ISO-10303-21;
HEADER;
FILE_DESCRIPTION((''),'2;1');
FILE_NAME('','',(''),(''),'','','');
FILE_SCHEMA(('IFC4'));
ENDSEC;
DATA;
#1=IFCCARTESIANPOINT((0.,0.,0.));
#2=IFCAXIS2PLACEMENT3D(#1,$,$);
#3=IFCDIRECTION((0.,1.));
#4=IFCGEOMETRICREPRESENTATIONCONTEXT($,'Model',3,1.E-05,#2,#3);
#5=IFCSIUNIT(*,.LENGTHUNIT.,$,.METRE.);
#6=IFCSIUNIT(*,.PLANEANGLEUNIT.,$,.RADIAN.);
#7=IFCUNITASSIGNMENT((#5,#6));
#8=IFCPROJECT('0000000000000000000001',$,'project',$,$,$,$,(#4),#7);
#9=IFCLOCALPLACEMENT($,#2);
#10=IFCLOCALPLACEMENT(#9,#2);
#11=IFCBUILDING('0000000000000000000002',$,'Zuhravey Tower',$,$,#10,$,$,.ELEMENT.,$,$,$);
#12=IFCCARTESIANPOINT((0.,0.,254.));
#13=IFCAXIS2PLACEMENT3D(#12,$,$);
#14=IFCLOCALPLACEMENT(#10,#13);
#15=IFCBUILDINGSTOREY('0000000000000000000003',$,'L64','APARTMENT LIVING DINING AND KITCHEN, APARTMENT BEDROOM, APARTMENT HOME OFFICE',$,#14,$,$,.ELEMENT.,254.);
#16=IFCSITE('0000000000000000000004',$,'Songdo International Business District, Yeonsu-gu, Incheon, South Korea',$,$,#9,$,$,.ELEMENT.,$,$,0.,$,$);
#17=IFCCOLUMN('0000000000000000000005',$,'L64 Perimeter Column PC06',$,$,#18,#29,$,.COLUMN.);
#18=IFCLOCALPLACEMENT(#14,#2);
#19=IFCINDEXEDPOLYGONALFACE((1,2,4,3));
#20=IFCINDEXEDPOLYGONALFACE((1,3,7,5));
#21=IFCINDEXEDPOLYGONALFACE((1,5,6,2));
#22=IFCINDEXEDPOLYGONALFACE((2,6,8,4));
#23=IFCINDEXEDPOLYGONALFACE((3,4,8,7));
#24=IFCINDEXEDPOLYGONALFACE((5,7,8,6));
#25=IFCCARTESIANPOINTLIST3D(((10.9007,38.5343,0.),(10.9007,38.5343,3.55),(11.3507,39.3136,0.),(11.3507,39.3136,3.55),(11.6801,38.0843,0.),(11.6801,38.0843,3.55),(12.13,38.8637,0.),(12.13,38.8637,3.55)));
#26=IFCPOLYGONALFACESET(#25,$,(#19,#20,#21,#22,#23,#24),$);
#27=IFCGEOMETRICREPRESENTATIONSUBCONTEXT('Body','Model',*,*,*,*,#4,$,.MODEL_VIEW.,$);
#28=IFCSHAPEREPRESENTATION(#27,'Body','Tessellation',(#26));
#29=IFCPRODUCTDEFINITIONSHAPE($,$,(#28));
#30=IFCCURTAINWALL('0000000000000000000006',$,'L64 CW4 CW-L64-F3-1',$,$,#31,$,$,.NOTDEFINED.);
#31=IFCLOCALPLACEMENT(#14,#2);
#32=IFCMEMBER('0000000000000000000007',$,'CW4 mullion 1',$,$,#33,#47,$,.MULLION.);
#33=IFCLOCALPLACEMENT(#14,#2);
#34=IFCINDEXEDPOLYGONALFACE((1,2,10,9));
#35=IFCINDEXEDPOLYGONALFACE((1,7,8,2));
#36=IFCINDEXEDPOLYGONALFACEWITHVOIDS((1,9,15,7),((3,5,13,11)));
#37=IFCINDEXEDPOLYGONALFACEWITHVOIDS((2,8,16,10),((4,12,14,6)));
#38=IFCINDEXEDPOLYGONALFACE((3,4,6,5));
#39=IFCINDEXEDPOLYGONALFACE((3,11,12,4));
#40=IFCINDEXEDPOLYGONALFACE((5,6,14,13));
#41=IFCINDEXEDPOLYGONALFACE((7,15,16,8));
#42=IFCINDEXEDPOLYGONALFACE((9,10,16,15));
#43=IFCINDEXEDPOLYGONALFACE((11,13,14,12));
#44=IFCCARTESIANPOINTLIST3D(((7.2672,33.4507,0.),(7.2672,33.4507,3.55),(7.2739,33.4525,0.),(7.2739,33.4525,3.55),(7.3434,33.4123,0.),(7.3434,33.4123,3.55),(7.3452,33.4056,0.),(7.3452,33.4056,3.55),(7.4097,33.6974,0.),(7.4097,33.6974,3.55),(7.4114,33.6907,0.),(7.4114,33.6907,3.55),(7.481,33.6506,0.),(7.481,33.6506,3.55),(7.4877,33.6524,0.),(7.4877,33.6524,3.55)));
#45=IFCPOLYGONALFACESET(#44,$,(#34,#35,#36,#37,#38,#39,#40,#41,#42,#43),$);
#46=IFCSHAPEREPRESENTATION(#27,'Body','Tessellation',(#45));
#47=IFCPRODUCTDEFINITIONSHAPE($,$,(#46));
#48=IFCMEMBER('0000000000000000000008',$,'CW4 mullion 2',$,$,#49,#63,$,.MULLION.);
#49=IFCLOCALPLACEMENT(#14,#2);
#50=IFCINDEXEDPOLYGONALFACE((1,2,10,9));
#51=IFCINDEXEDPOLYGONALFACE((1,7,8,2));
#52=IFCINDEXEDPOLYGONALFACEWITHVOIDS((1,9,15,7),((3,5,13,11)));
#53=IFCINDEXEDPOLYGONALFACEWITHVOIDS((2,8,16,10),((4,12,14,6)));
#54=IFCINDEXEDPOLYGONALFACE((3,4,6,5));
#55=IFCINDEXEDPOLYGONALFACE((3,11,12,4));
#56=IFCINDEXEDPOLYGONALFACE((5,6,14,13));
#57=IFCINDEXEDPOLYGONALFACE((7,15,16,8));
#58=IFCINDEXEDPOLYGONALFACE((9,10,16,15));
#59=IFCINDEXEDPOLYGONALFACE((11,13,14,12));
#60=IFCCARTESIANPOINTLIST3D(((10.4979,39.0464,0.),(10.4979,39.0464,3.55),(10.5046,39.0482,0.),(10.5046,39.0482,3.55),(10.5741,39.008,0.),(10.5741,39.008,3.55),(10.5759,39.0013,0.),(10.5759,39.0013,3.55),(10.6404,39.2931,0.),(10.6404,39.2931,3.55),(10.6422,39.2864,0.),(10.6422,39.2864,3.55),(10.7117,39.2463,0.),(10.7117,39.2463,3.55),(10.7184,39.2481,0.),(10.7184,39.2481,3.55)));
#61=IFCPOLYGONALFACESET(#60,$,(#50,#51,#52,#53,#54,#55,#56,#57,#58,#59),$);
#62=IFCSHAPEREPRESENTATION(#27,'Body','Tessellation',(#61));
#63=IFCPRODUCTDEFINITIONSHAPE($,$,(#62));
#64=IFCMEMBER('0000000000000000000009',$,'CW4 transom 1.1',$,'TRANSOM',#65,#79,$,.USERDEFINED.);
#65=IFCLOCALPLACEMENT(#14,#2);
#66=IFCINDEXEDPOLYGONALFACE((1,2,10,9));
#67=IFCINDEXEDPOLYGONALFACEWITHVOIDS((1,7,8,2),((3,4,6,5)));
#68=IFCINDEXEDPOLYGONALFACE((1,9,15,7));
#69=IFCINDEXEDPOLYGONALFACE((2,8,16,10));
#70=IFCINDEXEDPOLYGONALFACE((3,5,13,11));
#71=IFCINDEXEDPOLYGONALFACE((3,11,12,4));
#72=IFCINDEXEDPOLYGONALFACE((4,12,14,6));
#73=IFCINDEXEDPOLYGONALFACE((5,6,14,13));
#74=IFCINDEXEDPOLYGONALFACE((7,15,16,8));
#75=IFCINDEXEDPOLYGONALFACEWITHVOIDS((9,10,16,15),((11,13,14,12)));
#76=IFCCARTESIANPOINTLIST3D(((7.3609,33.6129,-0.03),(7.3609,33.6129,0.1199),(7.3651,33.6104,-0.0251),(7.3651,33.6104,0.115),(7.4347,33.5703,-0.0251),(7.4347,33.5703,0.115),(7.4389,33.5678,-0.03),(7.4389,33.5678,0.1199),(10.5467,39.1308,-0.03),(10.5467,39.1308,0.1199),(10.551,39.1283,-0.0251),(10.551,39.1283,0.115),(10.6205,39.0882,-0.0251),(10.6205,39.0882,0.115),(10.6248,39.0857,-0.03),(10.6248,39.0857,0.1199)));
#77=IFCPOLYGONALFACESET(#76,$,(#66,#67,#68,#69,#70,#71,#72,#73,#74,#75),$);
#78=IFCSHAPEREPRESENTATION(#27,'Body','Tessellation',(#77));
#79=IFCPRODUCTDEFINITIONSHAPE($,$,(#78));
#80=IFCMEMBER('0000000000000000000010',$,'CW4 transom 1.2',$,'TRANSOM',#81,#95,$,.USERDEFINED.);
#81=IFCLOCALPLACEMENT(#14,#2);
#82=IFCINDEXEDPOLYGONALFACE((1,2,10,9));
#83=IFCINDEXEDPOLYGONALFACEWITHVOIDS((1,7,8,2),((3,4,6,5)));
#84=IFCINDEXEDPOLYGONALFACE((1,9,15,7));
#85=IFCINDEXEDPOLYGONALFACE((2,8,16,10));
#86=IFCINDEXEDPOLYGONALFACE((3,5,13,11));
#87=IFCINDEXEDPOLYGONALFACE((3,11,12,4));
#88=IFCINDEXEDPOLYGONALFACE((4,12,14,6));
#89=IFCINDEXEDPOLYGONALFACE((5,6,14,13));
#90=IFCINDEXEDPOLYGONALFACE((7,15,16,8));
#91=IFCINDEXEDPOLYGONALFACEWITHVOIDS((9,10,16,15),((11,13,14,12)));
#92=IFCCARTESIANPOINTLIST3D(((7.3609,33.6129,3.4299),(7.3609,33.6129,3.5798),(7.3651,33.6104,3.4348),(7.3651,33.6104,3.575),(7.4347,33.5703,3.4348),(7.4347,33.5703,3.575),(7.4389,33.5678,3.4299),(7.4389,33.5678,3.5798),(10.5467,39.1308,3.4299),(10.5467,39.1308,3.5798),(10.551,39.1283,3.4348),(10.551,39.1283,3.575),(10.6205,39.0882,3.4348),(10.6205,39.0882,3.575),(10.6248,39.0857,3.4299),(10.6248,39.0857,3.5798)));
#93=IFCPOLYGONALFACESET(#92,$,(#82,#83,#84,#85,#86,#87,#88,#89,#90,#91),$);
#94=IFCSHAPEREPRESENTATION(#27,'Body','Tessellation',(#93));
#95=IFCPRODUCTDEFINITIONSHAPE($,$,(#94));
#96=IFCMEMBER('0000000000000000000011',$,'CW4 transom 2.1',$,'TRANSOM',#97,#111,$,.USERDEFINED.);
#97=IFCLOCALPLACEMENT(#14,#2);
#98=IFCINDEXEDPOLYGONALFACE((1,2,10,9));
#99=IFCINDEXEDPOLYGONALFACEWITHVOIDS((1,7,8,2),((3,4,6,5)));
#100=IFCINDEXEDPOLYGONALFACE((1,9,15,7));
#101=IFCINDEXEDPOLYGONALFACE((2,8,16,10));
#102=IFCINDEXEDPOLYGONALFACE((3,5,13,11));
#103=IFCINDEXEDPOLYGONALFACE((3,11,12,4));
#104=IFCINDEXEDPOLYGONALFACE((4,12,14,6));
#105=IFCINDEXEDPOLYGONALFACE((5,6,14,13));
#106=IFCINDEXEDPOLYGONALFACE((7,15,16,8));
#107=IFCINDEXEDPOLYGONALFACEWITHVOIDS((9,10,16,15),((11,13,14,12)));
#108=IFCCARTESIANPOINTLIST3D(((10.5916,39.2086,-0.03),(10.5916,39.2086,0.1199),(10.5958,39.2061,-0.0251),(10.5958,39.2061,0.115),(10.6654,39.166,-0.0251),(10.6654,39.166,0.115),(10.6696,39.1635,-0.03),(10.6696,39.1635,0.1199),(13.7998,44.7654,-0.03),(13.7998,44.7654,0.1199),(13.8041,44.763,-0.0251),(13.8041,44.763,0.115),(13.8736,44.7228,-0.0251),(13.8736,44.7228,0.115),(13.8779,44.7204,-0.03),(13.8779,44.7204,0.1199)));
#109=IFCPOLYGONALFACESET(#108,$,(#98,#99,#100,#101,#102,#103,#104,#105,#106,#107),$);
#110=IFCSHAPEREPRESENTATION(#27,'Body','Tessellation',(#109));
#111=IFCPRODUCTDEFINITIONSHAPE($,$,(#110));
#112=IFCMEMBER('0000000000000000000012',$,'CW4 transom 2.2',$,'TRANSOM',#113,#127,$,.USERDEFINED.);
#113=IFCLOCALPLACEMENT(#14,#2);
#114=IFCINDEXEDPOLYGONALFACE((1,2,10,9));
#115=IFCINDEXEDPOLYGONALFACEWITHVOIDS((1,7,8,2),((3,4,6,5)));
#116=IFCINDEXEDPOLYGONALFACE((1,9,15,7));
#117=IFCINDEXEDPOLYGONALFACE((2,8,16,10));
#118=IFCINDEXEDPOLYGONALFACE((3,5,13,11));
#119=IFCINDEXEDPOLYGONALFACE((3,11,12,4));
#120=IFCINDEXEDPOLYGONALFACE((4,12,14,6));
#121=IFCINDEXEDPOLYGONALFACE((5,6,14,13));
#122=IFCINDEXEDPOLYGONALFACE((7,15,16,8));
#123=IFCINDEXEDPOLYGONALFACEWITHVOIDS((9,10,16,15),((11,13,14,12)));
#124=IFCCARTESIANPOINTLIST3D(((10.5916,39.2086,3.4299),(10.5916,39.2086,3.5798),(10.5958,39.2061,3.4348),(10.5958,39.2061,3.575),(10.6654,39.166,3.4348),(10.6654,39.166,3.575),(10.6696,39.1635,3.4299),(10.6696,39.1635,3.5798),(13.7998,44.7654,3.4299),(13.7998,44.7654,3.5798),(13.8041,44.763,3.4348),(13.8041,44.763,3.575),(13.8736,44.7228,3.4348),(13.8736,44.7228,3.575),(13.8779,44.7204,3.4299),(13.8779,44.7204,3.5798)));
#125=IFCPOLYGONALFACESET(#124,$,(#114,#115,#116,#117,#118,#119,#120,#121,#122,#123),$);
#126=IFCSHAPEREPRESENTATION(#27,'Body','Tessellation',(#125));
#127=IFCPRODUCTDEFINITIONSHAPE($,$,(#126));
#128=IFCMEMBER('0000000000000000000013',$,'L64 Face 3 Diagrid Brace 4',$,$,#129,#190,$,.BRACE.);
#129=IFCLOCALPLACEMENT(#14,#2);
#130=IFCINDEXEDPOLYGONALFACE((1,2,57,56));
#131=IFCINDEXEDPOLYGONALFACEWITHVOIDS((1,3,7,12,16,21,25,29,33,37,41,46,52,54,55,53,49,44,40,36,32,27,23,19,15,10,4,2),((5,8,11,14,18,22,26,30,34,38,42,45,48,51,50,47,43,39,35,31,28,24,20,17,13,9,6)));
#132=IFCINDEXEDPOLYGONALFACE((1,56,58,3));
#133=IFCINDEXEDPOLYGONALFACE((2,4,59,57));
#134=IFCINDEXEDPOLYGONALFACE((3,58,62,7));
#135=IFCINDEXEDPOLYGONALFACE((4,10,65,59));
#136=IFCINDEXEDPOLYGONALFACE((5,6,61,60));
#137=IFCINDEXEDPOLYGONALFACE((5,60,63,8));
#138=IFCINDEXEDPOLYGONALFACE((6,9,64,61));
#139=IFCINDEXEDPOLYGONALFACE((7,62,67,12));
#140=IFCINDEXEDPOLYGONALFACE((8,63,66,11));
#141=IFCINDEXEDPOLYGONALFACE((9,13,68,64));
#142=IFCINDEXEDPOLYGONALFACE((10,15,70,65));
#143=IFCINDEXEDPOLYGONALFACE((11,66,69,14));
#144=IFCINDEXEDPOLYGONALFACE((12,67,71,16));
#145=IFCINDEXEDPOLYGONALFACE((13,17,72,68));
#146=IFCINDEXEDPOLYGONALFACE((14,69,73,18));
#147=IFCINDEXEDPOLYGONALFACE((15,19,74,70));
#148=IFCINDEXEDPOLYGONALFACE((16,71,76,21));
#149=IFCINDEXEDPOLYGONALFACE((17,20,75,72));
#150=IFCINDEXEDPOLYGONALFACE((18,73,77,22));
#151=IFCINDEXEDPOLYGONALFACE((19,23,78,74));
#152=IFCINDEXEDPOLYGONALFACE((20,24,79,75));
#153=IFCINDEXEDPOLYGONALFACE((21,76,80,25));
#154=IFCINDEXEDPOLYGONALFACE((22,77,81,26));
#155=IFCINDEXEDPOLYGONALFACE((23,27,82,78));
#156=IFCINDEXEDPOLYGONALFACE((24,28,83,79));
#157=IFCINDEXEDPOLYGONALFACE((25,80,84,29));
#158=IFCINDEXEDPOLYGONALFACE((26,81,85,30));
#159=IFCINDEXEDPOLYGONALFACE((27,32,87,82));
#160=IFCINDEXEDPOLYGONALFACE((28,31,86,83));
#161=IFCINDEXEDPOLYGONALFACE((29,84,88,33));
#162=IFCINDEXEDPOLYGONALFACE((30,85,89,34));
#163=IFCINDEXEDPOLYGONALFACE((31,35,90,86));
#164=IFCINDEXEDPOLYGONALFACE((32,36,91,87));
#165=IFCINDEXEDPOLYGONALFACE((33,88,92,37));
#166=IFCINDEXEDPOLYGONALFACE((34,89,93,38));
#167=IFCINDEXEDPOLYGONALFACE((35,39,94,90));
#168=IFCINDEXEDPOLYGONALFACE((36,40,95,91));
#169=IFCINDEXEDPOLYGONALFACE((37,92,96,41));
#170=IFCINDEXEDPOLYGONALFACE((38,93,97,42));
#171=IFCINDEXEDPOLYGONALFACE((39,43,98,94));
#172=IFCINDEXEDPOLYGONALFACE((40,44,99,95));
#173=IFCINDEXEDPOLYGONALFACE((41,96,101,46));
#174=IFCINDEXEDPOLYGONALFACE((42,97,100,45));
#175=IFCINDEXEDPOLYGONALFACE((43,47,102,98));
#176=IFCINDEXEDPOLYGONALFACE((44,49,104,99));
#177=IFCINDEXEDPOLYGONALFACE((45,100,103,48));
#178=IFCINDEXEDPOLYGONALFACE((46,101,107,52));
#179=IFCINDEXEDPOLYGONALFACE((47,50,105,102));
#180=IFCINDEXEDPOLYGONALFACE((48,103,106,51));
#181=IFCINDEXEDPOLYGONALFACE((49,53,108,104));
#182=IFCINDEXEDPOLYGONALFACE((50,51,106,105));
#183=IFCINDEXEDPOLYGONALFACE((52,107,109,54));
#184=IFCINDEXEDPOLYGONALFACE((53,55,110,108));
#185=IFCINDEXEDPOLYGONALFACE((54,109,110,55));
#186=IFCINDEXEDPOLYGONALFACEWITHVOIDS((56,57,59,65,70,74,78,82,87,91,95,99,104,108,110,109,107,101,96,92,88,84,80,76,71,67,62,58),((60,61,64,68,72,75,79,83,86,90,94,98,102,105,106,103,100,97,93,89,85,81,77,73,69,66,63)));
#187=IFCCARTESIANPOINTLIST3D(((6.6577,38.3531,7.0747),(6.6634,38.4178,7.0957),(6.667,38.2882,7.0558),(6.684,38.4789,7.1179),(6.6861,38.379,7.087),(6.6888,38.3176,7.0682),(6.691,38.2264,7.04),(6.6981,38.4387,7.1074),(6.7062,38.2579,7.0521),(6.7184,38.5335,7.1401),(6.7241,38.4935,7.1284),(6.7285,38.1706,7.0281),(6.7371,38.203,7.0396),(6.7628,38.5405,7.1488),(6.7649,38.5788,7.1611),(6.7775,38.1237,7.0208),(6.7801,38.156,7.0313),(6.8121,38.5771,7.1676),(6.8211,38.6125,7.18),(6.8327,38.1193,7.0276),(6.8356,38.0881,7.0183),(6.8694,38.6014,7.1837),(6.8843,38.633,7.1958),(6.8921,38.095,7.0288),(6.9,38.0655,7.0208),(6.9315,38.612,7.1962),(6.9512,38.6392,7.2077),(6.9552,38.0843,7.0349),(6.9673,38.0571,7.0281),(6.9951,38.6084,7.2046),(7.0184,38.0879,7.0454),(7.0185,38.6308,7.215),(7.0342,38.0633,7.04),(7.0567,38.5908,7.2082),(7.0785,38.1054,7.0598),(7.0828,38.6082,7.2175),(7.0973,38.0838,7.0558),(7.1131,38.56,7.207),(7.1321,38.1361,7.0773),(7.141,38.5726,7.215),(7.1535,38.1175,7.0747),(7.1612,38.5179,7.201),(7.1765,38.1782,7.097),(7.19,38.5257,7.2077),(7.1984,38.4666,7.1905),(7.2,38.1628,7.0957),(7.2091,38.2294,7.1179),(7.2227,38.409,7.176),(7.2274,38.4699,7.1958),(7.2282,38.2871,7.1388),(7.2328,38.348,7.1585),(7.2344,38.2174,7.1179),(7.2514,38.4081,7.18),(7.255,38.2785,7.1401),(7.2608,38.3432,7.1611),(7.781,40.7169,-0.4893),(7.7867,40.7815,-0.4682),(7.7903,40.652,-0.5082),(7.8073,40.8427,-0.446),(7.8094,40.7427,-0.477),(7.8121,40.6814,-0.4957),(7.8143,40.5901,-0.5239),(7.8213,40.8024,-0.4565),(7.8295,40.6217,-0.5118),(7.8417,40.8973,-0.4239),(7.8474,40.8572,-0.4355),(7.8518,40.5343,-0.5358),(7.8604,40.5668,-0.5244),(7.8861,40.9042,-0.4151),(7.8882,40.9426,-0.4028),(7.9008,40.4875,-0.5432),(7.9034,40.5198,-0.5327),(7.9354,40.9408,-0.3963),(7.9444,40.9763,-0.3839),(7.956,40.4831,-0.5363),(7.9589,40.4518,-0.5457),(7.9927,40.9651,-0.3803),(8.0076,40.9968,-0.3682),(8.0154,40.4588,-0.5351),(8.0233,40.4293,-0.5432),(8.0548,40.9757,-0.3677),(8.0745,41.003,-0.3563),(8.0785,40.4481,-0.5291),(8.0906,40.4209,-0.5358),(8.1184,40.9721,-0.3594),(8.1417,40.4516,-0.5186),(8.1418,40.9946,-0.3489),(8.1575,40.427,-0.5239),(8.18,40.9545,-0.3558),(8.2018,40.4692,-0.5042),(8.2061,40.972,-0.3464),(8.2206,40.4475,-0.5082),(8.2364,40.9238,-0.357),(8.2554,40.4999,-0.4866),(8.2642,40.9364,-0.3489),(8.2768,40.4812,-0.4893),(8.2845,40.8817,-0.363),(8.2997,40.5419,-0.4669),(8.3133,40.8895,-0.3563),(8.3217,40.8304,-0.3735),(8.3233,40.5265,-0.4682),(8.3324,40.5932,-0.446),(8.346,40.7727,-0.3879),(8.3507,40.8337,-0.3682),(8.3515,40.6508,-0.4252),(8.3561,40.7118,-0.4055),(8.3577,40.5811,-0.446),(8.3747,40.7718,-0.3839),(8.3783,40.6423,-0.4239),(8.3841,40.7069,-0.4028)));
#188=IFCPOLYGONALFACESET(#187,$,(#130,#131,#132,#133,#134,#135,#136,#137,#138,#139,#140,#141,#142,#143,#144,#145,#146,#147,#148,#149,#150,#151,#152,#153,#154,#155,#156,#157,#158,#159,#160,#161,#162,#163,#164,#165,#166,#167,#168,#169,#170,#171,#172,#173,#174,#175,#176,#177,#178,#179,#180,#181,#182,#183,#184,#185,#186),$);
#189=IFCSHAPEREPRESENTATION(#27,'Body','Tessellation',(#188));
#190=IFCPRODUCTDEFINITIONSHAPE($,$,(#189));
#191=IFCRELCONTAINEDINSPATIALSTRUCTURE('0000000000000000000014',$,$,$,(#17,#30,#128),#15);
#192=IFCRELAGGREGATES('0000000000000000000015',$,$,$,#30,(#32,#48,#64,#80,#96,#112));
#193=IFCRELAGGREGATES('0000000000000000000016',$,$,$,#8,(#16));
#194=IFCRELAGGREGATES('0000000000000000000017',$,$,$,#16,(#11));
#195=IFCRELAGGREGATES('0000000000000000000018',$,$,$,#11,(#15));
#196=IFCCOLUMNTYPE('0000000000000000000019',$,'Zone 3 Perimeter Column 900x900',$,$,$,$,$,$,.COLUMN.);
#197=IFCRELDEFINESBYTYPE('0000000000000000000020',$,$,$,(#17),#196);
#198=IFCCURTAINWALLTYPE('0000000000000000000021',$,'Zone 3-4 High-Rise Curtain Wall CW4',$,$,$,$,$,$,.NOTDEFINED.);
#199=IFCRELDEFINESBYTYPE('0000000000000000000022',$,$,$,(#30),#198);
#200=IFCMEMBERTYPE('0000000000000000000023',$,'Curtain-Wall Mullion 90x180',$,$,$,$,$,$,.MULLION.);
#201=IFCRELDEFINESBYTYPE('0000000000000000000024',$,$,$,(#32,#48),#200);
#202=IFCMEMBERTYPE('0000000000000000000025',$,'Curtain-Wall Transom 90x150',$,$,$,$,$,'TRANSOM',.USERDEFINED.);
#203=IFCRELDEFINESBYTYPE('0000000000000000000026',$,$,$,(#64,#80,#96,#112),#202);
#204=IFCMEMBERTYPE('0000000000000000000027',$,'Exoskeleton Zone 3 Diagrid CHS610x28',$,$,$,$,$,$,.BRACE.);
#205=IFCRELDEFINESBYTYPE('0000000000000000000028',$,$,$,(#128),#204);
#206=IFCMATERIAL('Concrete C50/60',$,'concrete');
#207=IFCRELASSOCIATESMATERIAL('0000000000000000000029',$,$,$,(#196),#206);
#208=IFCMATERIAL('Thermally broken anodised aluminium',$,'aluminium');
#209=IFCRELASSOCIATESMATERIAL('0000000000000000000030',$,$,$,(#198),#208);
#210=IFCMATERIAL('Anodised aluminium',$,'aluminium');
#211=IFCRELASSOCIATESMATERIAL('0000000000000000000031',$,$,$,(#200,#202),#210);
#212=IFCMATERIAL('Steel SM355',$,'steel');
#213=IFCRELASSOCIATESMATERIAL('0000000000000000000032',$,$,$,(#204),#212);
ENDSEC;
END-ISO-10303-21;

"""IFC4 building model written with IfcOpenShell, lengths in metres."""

from ifc_helpers import new_model, si_unit, direction, frame, origin, origin_2d, place, context, subcontext, project, spatial, rectangle, hollow_rectangle, hollow_circle, extrude, material, material_profile, profile_set, type_object, element, aggregate, save


model = new_model("IFC4")

# Units and contexts
model_context = context("Model", 3, precision=1e-05, world=origin(), true_north=direction((0.0, 1.0)))
body_context = subcontext(model_context, "Body", "Model", "MODEL_VIEW")
ifc_project = project(units=[si_unit("LENGTHUNIT", "METRE"), si_unit("PLANEANGLEUNIT", "RADIAN")], contexts=[model_context])

# Site, building, storey
site_placement = place(None, origin())
site = spatial("IfcSite", under=ifc_project, at=site_placement, Name="Songdo International Business District, Yeonsu-gu, Incheon, South Korea", CompositionType="ELEMENT", RefElevation=0.0)
building_placement = place(site_placement, origin())
building = spatial("IfcBuilding", under=site, at=building_placement, Name="Zuhravey Tower", CompositionType="ELEMENT")
storey_placement = place(building_placement, frame((0.0, 0.0, 254.0)))
storey = spatial("IfcBuildingStorey", under=building, at=storey_placement, Name="L64", Description="APARTMENT LIVING DINING AND KITCHEN, APARTMENT BEDROOM, APARTMENT HOME OFFICE", CompositionType="ELEMENT", Elevation=254.0)

# Column
ifc_material_1 = material(Name="Concrete C50/60", Category="concrete")
ifc_material_profile_1 = material_profile(ifc_material_1, rectangle(XDim=0.8999, YDim=0.8999, at=origin_2d()), Name="RC-900x900")
ifc_profile_set_1 = profile_set([ifc_material_profile_1], Name="Concrete C50/60")
column_type = type_object("IfcColumnType", Name="Zone 3 Perimeter Column 900x900", PredefinedType="COLUMN", material=ifc_profile_set_1)
column_placement = place(storey_placement, frame((11.5154, 38.699, 0.0), z_axis=(0.0, 0.0, 1.0), x_axis=(-0.5, -0.866025, 0.0)))
element("IfcColumn", 1, at=column_placement, inside=storey, type_object=column_type, Name="L64 Perimeter Column PC06", PredefinedType="COLUMN", context=body_context, shape_type="SweptSolid", body=[
    extrude(rectangle(XDim=0.8999, YDim=0.8999, at=origin_2d()), origin(), (0.0, 0.0, 1.0), 3.55),
])

# Curtain wall, members
ifc_material_2 = material(Name="Thermally broken anodised aluminium", Category="aluminium")
curtain_wall_type = type_object("IfcCurtainWallType", Name="Zone 3-4 High-Rise Curtain Wall CW4", PredefinedType="NOTDEFINED", material=ifc_material_2)
curtain_wall_placement = place(storey_placement, origin())
curtain_wall = element("IfcCurtainWall", 2, at=curtain_wall_placement, inside=storey, type_object=curtain_wall_type, Name="L64 CW4 CW-L64-F3-1", PredefinedType="NOTDEFINED")
ifc_material_3 = material(Name="Anodised aluminium", Category="aluminium")
ifc_material_profile_2 = material_profile(ifc_material_3, hollow_rectangle(XDim=0.0901, YDim=0.2849, WallThickness=0.0049, at=origin_2d()), Name="ALU-RHS-90x285x5")
ifc_profile_set_2 = profile_set([ifc_material_profile_2], Name="Anodised aluminium")
member_type_1 = type_object("IfcMemberType", Name="Curtain-Wall Mullion 90x180", PredefinedType="MULLION", material=ifc_profile_set_2)
member_1_placement = place(storey_placement, frame((7.3774, 33.5515, 0.0), z_axis=(0.0, 0.0, 1.0), x_axis=(-0.866025, 0.500001, 0.0)))
member_1 = element("IfcMember", 3, at=member_1_placement, type_object=member_type_1, Name="CW4 mullion 1", PredefinedType="MULLION", context=body_context, shape_type="SweptSolid", body=[
    extrude(hollow_rectangle(XDim=0.0901, YDim=0.2849, WallThickness=0.0049, at=origin_2d()), origin(), (0.0, 0.0, 1.0), 3.55),
])
member_2_placement = place(storey_placement, frame((10.6082, 39.1472, 0.0), z_axis=(0.0, 0.0, 1.0), x_axis=(-0.866025, 0.500001, 0.0)))
member_2 = element("IfcMember", 4, at=member_2_placement, type_object=member_type_1, Name="CW4 mullion 2", PredefinedType="MULLION", context=body_context, shape_type="SweptSolid", body=[
    extrude(hollow_rectangle(XDim=0.0901, YDim=0.2849, WallThickness=0.0049, at=origin_2d()), origin(), (0.0, 0.0, 1.0), 3.55),
])
ifc_material_profile_3 = material_profile(ifc_material_3, hollow_rectangle(XDim=0.0901, YDim=0.1499, WallThickness=0.0049, at=origin_2d()), Name="ALU-RHS-90x150x5")
ifc_profile_set_3 = profile_set([ifc_material_profile_3], Name="Anodised aluminium")
member_type_2 = type_object("IfcMemberType", Name="Curtain-Wall Transom 90x150", ElementType="TRANSOM", PredefinedType="USERDEFINED", material=ifc_profile_set_3)
member_3_placement = place(storey_placement, frame((7.3999, 33.5903, 0.0449), z_axis=(0.500009, 0.86602, 0.0), x_axis=(-0.86602, 0.500009, 0.0)))
member_3 = element("IfcMember", 5, at=member_3_placement, type_object=member_type_2, Name="CW4 transom 1.1", ObjectType="TRANSOM", PredefinedType="USERDEFINED", context=body_context, shape_type="SweptSolid", body=[
    extrude(hollow_rectangle(XDim=0.0901, YDim=0.1499, WallThickness=0.0049, at=origin_2d()), origin(), (0.0, 0.0, 1.0), 6.3716),
])
member_4_placement = place(storey_placement, frame((7.3999, 33.5903, 3.5049), z_axis=(0.500009, 0.86602, 0.0), x_axis=(-0.86602, 0.500009, 0.0)))
member_4 = element("IfcMember", 6, at=member_4_placement, type_object=member_type_2, Name="CW4 transom 1.2", ObjectType="TRANSOM", PredefinedType="USERDEFINED", context=body_context, shape_type="SweptSolid", body=[
    extrude(hollow_rectangle(XDim=0.0901, YDim=0.1499, WallThickness=0.0049, at=origin_2d()), origin(), (0.0, 0.0, 1.0), 6.3716),
])
member_5_placement = place(storey_placement, frame((10.6306, 39.186, 0.0449), z_axis=(0.499998, 0.866027, 0.0), x_axis=(-0.866027, 0.499998, 0.0)))
member_5 = element("IfcMember", 7, at=member_5_placement, type_object=member_type_2, Name="CW4 transom 2.1", ObjectType="TRANSOM", PredefinedType="USERDEFINED", context=body_context, shape_type="SweptSolid", body=[
    extrude(hollow_rectangle(XDim=0.0901, YDim=0.1499, WallThickness=0.0049, at=origin_2d()), origin(), (0.0, 0.0, 1.0), 6.4165),
])
member_6_placement = place(storey_placement, frame((10.6306, 39.186, 3.5049), z_axis=(0.499998, 0.866027, 0.0), x_axis=(-0.866027, 0.499998, 0.0)))
member_6 = element("IfcMember", 8, at=member_6_placement, type_object=member_type_2, Name="CW4 transom 2.2", ObjectType="TRANSOM", PredefinedType="USERDEFINED", context=body_context, shape_type="SweptSolid", body=[
    extrude(hollow_rectangle(XDim=0.0901, YDim=0.1499, WallThickness=0.0049, at=origin_2d()), origin(), (0.0, 0.0, 1.0), 6.4165),
])

# Member
ifc_material_4 = material(Name="Steel SM355", Category="steel")
ifc_material_profile_4 = material_profile(ifc_material_4, hollow_circle(Radius=0.3047, WallThickness=0.0281, at=origin_2d()), Name="CHS-609.6x28")
ifc_profile_set_4 = profile_set([ifc_material_profile_4], Name="Steel SM355")
member_type_3 = type_object("IfcMemberType", Name="Exoskeleton Zone 3 Diagrid CHS610x28", PredefinedType="BRACE", material=ifc_profile_set_4)
member_7_placement = place(storey_placement, frame((8.0825, 40.7119, -0.446), z_axis=(-0.140343, -0.295326, 0.945032), x_axis=(0.903203, -0.429213, 0.0)))
element("IfcMember", 9, at=member_7_placement, inside=storey, type_object=member_type_3, Name="L64 Face 3 Diagrid Brace 4", PredefinedType="BRACE", context=body_context, shape_type="SweptSolid", body=[
    extrude(hollow_circle(Radius=0.3047, WallThickness=0.0281, at=origin_2d()), origin(), (0.0, 0.0, 1.0), 8.0039),
])

aggregate(curtain_wall, [member_1, member_2, member_3, member_4, member_5, member_6])

save(model, "model.ifc")
